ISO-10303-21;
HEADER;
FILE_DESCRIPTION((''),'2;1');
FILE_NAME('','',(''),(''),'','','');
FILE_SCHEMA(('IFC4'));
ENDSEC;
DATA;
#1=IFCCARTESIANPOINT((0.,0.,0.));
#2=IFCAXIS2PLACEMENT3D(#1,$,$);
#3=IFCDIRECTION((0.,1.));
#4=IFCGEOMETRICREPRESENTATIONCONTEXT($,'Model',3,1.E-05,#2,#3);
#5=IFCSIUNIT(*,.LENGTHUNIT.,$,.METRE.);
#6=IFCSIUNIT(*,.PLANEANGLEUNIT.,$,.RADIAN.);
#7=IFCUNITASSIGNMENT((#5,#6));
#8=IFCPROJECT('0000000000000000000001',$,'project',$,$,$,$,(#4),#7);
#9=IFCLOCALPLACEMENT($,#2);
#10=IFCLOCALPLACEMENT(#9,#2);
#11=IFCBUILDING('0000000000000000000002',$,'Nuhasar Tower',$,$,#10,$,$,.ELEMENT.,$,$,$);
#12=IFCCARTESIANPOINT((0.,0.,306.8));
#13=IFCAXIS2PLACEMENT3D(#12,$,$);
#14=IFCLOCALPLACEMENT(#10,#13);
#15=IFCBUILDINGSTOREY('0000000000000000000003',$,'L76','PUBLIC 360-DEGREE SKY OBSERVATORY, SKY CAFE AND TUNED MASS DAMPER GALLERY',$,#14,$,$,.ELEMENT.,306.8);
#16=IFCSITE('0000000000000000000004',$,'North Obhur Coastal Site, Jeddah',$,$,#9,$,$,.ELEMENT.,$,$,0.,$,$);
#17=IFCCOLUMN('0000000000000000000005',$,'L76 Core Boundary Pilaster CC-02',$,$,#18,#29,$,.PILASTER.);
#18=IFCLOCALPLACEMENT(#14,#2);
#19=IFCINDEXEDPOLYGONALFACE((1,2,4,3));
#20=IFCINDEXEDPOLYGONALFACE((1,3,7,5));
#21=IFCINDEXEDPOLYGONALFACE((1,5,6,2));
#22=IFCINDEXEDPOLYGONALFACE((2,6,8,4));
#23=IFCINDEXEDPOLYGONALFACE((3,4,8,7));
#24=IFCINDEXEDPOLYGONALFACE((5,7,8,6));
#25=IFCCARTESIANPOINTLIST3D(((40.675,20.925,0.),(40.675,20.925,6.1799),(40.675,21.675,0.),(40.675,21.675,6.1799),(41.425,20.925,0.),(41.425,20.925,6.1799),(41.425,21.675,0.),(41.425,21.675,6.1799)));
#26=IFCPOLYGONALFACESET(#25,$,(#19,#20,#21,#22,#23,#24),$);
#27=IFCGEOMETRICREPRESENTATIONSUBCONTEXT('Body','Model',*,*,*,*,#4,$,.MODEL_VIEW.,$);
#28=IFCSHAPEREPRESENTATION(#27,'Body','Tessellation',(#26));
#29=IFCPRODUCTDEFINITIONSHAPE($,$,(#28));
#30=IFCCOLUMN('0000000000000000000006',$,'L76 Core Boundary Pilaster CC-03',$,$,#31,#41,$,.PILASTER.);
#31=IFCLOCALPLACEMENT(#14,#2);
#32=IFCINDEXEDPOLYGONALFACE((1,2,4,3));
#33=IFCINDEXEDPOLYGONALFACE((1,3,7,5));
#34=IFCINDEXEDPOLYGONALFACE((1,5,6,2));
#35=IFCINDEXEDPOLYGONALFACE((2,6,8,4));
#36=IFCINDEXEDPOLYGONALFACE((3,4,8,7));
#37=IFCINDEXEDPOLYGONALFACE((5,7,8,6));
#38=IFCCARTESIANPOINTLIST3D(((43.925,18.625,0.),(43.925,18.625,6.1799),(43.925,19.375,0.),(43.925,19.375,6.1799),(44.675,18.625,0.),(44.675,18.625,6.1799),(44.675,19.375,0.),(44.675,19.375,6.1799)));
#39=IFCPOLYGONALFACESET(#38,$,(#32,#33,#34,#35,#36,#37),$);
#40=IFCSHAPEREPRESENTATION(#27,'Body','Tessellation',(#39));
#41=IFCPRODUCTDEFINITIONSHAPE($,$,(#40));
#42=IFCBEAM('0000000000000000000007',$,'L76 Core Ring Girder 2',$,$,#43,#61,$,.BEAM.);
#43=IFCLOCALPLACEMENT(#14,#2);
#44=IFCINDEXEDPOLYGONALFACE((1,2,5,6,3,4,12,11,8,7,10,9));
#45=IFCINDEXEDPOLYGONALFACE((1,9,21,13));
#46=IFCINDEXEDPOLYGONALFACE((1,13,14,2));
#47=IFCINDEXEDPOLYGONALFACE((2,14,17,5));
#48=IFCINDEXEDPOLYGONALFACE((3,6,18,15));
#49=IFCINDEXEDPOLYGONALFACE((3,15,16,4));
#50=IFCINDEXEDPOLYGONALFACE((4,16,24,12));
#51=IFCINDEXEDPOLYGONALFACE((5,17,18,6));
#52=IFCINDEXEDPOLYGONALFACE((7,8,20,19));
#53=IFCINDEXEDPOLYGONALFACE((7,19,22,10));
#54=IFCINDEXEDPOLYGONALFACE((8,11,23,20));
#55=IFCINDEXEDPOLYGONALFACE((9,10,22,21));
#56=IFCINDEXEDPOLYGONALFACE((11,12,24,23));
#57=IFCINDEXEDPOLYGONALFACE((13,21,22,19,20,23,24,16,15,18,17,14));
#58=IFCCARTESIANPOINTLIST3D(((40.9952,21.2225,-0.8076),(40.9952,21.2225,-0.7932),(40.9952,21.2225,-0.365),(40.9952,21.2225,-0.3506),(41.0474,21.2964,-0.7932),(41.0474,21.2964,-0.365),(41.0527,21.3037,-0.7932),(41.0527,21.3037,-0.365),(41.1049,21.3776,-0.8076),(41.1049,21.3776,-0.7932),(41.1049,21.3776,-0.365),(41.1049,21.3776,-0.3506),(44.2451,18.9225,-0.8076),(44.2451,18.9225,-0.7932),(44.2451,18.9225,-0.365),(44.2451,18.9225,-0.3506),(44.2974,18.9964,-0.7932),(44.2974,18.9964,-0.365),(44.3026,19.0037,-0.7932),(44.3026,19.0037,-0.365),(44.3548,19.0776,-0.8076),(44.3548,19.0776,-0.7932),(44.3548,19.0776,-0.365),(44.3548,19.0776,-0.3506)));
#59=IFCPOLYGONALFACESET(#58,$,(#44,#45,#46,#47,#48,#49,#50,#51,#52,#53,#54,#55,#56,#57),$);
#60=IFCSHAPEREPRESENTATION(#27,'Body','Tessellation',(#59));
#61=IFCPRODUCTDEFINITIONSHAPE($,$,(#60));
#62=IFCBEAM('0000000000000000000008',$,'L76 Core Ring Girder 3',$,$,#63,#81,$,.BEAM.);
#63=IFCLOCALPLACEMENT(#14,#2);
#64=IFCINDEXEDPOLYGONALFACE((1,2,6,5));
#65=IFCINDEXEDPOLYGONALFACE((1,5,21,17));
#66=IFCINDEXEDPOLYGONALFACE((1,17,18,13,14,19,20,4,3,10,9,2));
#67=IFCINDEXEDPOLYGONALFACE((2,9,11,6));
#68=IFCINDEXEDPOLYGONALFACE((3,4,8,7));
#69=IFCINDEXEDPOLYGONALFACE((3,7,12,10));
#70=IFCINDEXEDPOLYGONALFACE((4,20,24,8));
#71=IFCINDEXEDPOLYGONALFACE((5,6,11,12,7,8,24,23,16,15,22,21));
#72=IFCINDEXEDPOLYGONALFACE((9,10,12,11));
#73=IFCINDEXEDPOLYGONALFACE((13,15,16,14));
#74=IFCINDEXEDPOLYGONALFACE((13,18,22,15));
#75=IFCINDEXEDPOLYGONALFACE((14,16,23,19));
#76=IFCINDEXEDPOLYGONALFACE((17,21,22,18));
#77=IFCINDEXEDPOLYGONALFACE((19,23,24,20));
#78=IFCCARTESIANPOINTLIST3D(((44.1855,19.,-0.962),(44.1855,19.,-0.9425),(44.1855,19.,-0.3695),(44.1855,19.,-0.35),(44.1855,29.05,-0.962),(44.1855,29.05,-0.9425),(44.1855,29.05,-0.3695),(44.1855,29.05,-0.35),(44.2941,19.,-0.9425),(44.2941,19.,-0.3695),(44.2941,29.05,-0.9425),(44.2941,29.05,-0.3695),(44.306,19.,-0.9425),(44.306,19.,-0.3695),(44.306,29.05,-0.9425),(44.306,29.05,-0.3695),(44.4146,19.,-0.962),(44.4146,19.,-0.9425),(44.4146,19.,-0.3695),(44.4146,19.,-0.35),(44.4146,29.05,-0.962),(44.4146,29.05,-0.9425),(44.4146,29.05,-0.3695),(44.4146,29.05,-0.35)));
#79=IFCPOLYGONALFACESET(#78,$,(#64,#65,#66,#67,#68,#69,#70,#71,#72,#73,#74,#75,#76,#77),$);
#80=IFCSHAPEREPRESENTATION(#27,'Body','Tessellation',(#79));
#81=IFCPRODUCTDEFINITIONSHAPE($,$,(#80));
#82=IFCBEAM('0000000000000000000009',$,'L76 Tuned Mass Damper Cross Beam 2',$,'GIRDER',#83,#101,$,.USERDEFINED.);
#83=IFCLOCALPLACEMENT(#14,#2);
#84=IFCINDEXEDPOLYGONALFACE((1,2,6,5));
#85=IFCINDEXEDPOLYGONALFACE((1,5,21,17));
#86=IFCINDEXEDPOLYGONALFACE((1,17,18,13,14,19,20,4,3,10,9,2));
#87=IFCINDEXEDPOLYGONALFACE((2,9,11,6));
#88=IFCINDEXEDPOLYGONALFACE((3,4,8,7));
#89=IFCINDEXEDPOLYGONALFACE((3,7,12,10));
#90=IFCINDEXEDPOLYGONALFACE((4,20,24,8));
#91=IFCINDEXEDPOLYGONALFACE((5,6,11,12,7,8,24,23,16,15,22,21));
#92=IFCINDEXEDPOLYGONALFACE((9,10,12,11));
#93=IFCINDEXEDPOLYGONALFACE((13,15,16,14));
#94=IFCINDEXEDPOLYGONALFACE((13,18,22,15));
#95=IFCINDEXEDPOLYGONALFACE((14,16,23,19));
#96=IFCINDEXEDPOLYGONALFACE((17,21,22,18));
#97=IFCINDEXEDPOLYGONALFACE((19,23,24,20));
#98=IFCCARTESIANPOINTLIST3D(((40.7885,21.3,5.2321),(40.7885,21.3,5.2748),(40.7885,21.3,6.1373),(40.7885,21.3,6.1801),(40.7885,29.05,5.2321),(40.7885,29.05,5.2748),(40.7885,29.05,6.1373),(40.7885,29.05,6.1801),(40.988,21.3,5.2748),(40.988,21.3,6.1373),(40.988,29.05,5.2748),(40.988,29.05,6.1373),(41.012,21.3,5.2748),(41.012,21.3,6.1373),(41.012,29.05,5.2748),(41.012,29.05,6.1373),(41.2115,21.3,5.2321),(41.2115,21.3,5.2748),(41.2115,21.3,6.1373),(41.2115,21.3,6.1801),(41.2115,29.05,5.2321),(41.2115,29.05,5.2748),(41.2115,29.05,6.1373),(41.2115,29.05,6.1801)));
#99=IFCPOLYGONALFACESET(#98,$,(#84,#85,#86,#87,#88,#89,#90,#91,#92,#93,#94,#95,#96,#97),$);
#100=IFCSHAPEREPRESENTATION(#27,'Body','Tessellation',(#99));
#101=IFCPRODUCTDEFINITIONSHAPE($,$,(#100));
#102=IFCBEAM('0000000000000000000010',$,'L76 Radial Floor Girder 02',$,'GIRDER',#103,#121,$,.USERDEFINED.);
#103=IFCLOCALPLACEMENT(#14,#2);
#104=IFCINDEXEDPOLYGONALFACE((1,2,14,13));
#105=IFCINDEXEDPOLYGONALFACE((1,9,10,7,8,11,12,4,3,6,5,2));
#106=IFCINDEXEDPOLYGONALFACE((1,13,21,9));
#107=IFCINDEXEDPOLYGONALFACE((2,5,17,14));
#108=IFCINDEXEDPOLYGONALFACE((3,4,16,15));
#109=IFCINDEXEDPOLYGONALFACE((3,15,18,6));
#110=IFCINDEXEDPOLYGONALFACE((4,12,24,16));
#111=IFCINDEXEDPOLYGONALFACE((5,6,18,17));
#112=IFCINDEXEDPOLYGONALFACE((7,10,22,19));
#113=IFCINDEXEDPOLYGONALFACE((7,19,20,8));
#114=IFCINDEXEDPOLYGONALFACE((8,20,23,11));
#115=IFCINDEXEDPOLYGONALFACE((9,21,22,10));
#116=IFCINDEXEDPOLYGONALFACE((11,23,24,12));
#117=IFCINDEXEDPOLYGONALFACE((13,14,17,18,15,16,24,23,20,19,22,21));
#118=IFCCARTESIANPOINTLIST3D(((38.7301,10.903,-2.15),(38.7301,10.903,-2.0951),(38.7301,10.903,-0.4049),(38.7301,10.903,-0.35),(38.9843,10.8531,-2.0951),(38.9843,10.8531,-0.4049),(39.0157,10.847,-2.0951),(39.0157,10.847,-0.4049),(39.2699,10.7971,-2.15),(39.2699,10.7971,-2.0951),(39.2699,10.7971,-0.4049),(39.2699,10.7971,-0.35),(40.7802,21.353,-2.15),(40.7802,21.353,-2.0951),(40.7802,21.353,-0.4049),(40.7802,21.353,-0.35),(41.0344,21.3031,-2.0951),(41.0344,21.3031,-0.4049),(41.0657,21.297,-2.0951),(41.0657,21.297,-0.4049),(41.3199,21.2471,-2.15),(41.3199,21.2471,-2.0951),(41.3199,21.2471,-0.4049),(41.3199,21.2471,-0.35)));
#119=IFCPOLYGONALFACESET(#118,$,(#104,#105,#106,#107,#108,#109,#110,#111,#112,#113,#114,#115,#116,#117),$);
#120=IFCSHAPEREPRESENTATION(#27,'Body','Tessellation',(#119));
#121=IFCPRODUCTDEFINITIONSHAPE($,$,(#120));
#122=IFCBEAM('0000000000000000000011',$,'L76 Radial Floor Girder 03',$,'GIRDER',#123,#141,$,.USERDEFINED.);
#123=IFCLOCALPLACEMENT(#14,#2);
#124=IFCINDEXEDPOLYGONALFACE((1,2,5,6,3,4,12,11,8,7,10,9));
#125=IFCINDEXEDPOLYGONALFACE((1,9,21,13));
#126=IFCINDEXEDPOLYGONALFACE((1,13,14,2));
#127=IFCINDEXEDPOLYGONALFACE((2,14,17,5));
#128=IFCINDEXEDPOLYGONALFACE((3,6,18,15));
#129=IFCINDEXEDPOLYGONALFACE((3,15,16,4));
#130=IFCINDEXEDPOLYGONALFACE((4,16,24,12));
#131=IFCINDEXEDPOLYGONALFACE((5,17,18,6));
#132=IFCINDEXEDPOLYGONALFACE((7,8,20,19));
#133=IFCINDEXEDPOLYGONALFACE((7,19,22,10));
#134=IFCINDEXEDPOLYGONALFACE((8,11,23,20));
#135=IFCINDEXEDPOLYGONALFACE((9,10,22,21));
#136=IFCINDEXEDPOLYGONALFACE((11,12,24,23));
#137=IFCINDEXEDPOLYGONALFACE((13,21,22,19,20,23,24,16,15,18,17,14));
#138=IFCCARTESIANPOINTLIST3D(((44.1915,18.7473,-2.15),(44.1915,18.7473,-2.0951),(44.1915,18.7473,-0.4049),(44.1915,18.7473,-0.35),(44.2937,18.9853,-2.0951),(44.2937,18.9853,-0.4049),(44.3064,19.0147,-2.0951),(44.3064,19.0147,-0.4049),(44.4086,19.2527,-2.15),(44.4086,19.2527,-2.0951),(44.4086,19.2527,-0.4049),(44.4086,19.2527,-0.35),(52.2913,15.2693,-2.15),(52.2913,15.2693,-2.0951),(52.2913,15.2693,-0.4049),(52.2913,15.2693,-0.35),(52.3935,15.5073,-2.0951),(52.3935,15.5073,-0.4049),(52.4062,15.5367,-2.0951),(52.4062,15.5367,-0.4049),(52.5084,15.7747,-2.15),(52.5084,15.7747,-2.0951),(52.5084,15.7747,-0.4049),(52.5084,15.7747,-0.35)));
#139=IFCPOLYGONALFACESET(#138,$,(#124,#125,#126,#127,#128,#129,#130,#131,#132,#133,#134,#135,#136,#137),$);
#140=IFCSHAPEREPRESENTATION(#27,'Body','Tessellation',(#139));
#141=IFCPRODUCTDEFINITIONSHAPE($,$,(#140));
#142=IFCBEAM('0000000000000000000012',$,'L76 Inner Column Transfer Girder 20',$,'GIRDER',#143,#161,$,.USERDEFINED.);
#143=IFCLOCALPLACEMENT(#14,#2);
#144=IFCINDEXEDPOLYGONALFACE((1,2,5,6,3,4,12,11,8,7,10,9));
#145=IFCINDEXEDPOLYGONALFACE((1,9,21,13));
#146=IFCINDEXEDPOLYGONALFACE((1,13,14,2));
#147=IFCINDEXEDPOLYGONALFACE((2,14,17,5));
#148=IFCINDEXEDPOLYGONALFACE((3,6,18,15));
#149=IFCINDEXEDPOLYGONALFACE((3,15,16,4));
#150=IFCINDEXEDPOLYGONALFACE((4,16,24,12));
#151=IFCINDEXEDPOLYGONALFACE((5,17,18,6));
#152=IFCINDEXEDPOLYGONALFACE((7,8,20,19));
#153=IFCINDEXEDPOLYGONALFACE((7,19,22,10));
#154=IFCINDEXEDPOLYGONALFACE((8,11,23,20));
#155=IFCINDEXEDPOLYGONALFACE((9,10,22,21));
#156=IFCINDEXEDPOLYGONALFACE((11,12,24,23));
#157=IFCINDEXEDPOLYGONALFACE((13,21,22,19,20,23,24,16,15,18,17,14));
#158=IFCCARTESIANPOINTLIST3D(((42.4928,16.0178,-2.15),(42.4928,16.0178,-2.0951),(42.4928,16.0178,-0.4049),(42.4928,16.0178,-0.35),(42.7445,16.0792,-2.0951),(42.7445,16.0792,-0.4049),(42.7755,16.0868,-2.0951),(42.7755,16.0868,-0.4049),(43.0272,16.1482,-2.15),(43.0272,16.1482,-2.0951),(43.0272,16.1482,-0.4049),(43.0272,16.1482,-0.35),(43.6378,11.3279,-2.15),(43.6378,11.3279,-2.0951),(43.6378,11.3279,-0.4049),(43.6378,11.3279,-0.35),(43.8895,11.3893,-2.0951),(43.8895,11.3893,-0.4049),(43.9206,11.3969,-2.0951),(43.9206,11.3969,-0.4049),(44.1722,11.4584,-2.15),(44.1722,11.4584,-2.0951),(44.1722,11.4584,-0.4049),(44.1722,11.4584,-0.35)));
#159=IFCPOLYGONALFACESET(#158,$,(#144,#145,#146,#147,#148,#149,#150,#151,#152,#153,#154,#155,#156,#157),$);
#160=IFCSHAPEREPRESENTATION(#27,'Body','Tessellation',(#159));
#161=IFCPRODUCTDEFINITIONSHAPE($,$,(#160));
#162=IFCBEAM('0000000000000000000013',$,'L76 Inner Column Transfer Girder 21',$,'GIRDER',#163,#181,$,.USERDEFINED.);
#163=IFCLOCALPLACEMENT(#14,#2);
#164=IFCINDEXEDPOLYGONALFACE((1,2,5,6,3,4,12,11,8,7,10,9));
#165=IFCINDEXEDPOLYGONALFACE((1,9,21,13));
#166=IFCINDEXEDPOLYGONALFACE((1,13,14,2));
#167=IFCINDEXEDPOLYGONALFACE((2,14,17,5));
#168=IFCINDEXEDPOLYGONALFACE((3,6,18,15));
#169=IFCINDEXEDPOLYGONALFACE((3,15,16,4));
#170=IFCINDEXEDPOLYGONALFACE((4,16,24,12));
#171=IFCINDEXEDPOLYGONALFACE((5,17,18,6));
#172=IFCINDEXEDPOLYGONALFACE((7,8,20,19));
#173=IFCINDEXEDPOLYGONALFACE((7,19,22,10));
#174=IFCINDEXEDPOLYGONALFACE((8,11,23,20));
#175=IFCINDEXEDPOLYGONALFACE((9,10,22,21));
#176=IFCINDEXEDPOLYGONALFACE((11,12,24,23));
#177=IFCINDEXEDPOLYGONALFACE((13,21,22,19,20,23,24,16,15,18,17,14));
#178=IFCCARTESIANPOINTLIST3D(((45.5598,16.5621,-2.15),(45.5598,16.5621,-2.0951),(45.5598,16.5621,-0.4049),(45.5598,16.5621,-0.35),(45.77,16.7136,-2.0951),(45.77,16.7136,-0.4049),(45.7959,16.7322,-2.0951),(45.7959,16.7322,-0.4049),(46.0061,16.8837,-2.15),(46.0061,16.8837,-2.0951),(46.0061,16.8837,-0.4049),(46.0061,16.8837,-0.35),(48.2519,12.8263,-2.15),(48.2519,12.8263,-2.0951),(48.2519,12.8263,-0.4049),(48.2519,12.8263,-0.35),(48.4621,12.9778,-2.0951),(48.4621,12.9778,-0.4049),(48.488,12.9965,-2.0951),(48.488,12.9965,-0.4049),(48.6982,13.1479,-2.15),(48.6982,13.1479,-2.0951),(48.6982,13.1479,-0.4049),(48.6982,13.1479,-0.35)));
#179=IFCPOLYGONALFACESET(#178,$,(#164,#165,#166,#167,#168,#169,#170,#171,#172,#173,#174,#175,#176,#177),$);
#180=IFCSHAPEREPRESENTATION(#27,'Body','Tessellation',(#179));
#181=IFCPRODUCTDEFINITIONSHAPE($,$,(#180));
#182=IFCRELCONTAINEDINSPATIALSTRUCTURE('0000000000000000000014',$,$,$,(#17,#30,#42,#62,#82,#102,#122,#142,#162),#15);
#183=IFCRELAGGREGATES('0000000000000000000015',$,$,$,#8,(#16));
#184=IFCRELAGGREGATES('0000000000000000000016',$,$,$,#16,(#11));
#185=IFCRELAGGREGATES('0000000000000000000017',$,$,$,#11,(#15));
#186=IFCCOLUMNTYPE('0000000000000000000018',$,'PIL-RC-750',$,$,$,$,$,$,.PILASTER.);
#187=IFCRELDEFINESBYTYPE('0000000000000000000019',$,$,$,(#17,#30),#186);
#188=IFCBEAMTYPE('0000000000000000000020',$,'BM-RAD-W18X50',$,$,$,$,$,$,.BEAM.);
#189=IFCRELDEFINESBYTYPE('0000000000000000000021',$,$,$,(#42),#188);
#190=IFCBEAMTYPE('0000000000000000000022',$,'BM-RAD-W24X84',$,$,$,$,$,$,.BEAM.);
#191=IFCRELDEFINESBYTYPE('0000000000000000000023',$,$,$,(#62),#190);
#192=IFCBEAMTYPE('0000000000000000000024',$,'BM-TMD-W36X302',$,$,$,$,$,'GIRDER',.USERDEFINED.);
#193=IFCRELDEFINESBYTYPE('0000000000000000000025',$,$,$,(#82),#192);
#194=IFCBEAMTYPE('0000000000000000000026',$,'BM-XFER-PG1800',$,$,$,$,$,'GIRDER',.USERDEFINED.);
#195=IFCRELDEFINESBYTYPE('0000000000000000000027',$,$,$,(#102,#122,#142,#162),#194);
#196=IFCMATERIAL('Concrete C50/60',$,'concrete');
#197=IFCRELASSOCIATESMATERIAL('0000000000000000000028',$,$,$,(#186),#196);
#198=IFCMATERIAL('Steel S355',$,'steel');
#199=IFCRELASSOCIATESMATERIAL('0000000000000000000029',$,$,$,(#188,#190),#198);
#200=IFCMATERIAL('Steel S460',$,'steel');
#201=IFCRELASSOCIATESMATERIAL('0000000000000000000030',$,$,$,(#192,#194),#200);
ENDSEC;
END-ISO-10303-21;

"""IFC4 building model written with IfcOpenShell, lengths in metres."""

from ifc_helpers import new_model, si_unit, direction, frame, origin, origin_2d, place, context, subcontext, project, spatial, rectangle, i_section, extrude, material, material_profile, profile_set, type_object, element, save


model = new_model("IFC4")

# Units and contexts
model_context = context("Model", 3, precision=1e-05, world=origin(), true_north=direction((0.0, 1.0)))
body_context = subcontext(model_context, "Body", "Model", "MODEL_VIEW")
ifc_project = project(units=[si_unit("LENGTHUNIT", "METRE"), si_unit("PLANEANGLEUNIT", "RADIAN")], contexts=[model_context])

# Site, building, storey
site_placement = place(None, origin())
site = spatial("IfcSite", under=ifc_project, at=site_placement, Name="North Obhur Coastal Site, Jeddah", CompositionType="ELEMENT", RefElevation=0.0)
building_placement = place(site_placement, origin())
building = spatial("IfcBuilding", under=site, at=building_placement, Name="Nuhasar Tower", CompositionType="ELEMENT")
storey_placement = place(building_placement, frame((0.0, 0.0, 306.8)))
storey = spatial("IfcBuildingStorey", under=building, at=storey_placement, Name="L76", Description="PUBLIC 360-DEGREE SKY OBSERVATORY, SKY CAFE AND TUNED MASS DAMPER GALLERY", CompositionType="ELEMENT", Elevation=306.8)

# Columns
ifc_material_1 = material(Name="Concrete C50/60", Category="concrete")
ifc_material_profile_1 = material_profile(ifc_material_1, rectangle(XDim=0.75, YDim=0.75, at=origin_2d()), Name="RC750X750")
ifc_profile_set_1 = profile_set([ifc_material_profile_1], Name="Concrete C50/60")
column_type = type_object("IfcColumnType", Name="PIL-RC-750", PredefinedType="PILASTER", material=ifc_profile_set_1)
for number, where, z_axis, x_axis, name in (
    (1, (41.05, 21.3, 0.0), (0.0, 0.0, 1.0), (1.0, 0.0, 0.0), "L76 Core Boundary Pilaster CC-02"),
    (2, (44.3, 19.0, 0.0), (0.0, 0.0, 1.0), (1.0, 0.0, 0.0), "L76 Core Boundary Pilaster CC-03"),
):
    element("IfcColumn", number, at=place(storey_placement, frame(where, z_axis=z_axis, x_axis=x_axis)), inside=storey, type_object=column_type, Name=name, PredefinedType="PILASTER", context=body_context, shape_type="SweptSolid", body=[
        extrude(rectangle(XDim=0.75, YDim=0.75, at=origin_2d()), origin(), (0.0, 0.0, 1.0), 6.1799),
    ])

# Beams
ifc_material_2 = material(Name="Steel S355", Category="steel")
ifc_material_profile_2 = material_profile(ifc_material_2, i_section(OverallWidth=0.1899, OverallDepth=0.457, WebThickness=0.009, FlangeThickness=0.0144, at=origin_2d()), Name="W18X50")
ifc_profile_set_2 = profile_set([ifc_material_profile_2], Name="Steel S355")
beam_type_1 = type_object("IfcBeamType", Name="BM-RAD-W18X50", PredefinedType="BEAM", material=ifc_profile_set_2)
beam_1_placement = place(storey_placement, frame((41.05, 21.3, -0.5791), z_axis=(0.816265, -0.577677, 0.0), x_axis=(0.577677, 0.816265, 0.0)))
element("IfcBeam", 3, at=beam_1_placement, inside=storey, type_object=beam_type_1, Name="L76 Core Ring Girder 2", PredefinedType="BEAM", context=body_context, shape_type="SweptSolid", body=[
    extrude(i_section(OverallWidth=0.1899, OverallDepth=0.457, WebThickness=0.009, FlangeThickness=0.0144, at=origin_2d()), origin(), (0.0, 0.0, 1.0), 3.9814),
])
ifc_material_profile_3 = material_profile(ifc_material_2, i_section(OverallWidth=0.229, OverallDepth=0.6121, WebThickness=0.012, FlangeThickness=0.0195, at=origin_2d()), Name="W24X84")
ifc_profile_set_3 = profile_set([ifc_material_profile_3], Name="Steel S355")
beam_type_2 = type_object("IfcBeamType", Name="BM-RAD-W24X84", PredefinedType="BEAM", material=ifc_profile_set_3)
beam_2_placement = place(storey_placement, frame((44.3, 19.0, -0.656), z_axis=(0.0, 1.0, 0.0), x_axis=(-1.0, 0.0, 0.0)))
element("IfcBeam", 4, at=beam_2_placement, inside=storey, type_object=beam_type_2, Name="L76 Core Ring Girder 3", PredefinedType="BEAM", context=body_context, shape_type="SweptSolid", body=[
    extrude(i_section(OverallWidth=0.229, OverallDepth=0.6121, WebThickness=0.012, FlangeThickness=0.0195, at=origin_2d()), origin(), (0.0, 0.0, 1.0), 10.05),
])
ifc_material_3 = material(Name="Steel S460", Category="steel")
ifc_material_profile_4 = material_profile(ifc_material_3, i_section(OverallWidth=0.4231, OverallDepth=0.948, WebThickness=0.0239, FlangeThickness=0.0427, at=origin_2d()), Name="W36X302")
ifc_profile_set_4 = profile_set([ifc_material_profile_4], Name="Steel S460")
beam_type_3 = type_object("IfcBeamType", Name="BM-TMD-W36X302", ElementType="GIRDER", PredefinedType="USERDEFINED", material=ifc_profile_set_4)
beam_3_placement = place(storey_placement, frame((41.0, 21.3, 5.7061), z_axis=(0.0, 1.0, 0.0), x_axis=(-1.0, 0.0, 0.0)))
element("IfcBeam", 5, at=beam_3_placement, inside=storey, type_object=beam_type_3, Name="L76 Tuned Mass Damper Cross Beam 2", ObjectType="GIRDER", PredefinedType="USERDEFINED", context=body_context, shape_type="SweptSolid", body=[
    extrude(i_section(OverallWidth=0.4231, OverallDepth=0.948, WebThickness=0.0239, FlangeThickness=0.0427, at=origin_2d()), origin(), (0.0, 0.0, 1.0), 7.75),
])
ifc_material_profile_5 = material_profile(ifc_material_3, i_section(OverallWidth=0.55, OverallDepth=1.8, WebThickness=0.032, FlangeThickness=0.0549, at=origin_2d()), Name="PG1800X550")
ifc_profile_set_5 = profile_set([ifc_material_profile_5], Name="Steel S460")
beam_type_4 = type_object("IfcBeamType", Name="BM-XFER-PG1800", ElementType="GIRDER", PredefinedType="USERDEFINED", material=ifc_profile_set_5)
beam_4_placement = place(storey_placement, frame((41.05, 21.3, -1.25), z_axis=(-0.192508, -0.981295, 0.0), x_axis=(0.981295, -0.192508, 0.0)))
element("IfcBeam", 6, at=beam_4_placement, inside=storey, type_object=beam_type_4, Name="L76 Radial Floor Girder 02", ObjectType="GIRDER", PredefinedType="USERDEFINED", context=body_context, shape_type="SweptSolid", body=[
    extrude(i_section(OverallWidth=0.55, OverallDepth=1.8, WebThickness=0.032, FlangeThickness=0.0549, at=origin_2d()), origin(), (0.0, 0.0, 1.0), 10.6492),
])
beam_5_placement = place(storey_placement, frame((44.3, 19.0, -1.25), z_axis=(0.918871, -0.394558, 0.0), x_axis=(0.394558, 0.918871, 0.0)))
element("IfcBeam", 7, at=beam_5_placement, inside=storey, type_object=beam_type_4, Name="L76 Radial Floor Girder 03", ObjectType="GIRDER", PredefinedType="USERDEFINED", context=body_context, shape_type="SweptSolid", body=[
    extrude(i_section(OverallWidth=0.55, OverallDepth=1.8, WebThickness=0.032, FlangeThickness=0.0549, at=origin_2d()), origin(), (0.0, 0.0, 1.0), 8.8149),
])
beam_6_placement = place(storey_placement, frame((42.76, 16.083, -1.25), z_axis=(0.237177, -0.971466, 0.0), x_axis=(0.971466, 0.237177, 0.0)))
element("IfcBeam", 8, at=beam_6_placement, inside=storey, type_object=beam_type_4, Name="L76 Inner Column Transfer Girder 20", ObjectType="GIRDER", PredefinedType="USERDEFINED", context=body_context, shape_type="SweptSolid", body=[
    extrude(i_section(OverallWidth=0.55, OverallDepth=1.8, WebThickness=0.032, FlangeThickness=0.0549, at=origin_2d()), origin(), (0.0, 0.0, 1.0), 4.8276),
])
beam_7_placement = place(storey_placement, frame((45.783, 16.7229, -1.25), z_axis=(0.584638, -0.811294, 0.0), x_axis=(0.811294, 0.584638, 0.0)))
element("IfcBeam", 9, at=beam_7_placement, inside=storey, type_object=beam_type_4, Name="L76 Inner Column Transfer Girder 21", ObjectType="GIRDER", PredefinedType="USERDEFINED", context=body_context, shape_type="SweptSolid", body=[
    extrude(i_section(OverallWidth=0.55, OverallDepth=1.8, WebThickness=0.032, FlangeThickness=0.0549, at=origin_2d()), origin(), (0.0, 0.0, 1.0), 4.6047),
])

save(model, "model.ifc")
